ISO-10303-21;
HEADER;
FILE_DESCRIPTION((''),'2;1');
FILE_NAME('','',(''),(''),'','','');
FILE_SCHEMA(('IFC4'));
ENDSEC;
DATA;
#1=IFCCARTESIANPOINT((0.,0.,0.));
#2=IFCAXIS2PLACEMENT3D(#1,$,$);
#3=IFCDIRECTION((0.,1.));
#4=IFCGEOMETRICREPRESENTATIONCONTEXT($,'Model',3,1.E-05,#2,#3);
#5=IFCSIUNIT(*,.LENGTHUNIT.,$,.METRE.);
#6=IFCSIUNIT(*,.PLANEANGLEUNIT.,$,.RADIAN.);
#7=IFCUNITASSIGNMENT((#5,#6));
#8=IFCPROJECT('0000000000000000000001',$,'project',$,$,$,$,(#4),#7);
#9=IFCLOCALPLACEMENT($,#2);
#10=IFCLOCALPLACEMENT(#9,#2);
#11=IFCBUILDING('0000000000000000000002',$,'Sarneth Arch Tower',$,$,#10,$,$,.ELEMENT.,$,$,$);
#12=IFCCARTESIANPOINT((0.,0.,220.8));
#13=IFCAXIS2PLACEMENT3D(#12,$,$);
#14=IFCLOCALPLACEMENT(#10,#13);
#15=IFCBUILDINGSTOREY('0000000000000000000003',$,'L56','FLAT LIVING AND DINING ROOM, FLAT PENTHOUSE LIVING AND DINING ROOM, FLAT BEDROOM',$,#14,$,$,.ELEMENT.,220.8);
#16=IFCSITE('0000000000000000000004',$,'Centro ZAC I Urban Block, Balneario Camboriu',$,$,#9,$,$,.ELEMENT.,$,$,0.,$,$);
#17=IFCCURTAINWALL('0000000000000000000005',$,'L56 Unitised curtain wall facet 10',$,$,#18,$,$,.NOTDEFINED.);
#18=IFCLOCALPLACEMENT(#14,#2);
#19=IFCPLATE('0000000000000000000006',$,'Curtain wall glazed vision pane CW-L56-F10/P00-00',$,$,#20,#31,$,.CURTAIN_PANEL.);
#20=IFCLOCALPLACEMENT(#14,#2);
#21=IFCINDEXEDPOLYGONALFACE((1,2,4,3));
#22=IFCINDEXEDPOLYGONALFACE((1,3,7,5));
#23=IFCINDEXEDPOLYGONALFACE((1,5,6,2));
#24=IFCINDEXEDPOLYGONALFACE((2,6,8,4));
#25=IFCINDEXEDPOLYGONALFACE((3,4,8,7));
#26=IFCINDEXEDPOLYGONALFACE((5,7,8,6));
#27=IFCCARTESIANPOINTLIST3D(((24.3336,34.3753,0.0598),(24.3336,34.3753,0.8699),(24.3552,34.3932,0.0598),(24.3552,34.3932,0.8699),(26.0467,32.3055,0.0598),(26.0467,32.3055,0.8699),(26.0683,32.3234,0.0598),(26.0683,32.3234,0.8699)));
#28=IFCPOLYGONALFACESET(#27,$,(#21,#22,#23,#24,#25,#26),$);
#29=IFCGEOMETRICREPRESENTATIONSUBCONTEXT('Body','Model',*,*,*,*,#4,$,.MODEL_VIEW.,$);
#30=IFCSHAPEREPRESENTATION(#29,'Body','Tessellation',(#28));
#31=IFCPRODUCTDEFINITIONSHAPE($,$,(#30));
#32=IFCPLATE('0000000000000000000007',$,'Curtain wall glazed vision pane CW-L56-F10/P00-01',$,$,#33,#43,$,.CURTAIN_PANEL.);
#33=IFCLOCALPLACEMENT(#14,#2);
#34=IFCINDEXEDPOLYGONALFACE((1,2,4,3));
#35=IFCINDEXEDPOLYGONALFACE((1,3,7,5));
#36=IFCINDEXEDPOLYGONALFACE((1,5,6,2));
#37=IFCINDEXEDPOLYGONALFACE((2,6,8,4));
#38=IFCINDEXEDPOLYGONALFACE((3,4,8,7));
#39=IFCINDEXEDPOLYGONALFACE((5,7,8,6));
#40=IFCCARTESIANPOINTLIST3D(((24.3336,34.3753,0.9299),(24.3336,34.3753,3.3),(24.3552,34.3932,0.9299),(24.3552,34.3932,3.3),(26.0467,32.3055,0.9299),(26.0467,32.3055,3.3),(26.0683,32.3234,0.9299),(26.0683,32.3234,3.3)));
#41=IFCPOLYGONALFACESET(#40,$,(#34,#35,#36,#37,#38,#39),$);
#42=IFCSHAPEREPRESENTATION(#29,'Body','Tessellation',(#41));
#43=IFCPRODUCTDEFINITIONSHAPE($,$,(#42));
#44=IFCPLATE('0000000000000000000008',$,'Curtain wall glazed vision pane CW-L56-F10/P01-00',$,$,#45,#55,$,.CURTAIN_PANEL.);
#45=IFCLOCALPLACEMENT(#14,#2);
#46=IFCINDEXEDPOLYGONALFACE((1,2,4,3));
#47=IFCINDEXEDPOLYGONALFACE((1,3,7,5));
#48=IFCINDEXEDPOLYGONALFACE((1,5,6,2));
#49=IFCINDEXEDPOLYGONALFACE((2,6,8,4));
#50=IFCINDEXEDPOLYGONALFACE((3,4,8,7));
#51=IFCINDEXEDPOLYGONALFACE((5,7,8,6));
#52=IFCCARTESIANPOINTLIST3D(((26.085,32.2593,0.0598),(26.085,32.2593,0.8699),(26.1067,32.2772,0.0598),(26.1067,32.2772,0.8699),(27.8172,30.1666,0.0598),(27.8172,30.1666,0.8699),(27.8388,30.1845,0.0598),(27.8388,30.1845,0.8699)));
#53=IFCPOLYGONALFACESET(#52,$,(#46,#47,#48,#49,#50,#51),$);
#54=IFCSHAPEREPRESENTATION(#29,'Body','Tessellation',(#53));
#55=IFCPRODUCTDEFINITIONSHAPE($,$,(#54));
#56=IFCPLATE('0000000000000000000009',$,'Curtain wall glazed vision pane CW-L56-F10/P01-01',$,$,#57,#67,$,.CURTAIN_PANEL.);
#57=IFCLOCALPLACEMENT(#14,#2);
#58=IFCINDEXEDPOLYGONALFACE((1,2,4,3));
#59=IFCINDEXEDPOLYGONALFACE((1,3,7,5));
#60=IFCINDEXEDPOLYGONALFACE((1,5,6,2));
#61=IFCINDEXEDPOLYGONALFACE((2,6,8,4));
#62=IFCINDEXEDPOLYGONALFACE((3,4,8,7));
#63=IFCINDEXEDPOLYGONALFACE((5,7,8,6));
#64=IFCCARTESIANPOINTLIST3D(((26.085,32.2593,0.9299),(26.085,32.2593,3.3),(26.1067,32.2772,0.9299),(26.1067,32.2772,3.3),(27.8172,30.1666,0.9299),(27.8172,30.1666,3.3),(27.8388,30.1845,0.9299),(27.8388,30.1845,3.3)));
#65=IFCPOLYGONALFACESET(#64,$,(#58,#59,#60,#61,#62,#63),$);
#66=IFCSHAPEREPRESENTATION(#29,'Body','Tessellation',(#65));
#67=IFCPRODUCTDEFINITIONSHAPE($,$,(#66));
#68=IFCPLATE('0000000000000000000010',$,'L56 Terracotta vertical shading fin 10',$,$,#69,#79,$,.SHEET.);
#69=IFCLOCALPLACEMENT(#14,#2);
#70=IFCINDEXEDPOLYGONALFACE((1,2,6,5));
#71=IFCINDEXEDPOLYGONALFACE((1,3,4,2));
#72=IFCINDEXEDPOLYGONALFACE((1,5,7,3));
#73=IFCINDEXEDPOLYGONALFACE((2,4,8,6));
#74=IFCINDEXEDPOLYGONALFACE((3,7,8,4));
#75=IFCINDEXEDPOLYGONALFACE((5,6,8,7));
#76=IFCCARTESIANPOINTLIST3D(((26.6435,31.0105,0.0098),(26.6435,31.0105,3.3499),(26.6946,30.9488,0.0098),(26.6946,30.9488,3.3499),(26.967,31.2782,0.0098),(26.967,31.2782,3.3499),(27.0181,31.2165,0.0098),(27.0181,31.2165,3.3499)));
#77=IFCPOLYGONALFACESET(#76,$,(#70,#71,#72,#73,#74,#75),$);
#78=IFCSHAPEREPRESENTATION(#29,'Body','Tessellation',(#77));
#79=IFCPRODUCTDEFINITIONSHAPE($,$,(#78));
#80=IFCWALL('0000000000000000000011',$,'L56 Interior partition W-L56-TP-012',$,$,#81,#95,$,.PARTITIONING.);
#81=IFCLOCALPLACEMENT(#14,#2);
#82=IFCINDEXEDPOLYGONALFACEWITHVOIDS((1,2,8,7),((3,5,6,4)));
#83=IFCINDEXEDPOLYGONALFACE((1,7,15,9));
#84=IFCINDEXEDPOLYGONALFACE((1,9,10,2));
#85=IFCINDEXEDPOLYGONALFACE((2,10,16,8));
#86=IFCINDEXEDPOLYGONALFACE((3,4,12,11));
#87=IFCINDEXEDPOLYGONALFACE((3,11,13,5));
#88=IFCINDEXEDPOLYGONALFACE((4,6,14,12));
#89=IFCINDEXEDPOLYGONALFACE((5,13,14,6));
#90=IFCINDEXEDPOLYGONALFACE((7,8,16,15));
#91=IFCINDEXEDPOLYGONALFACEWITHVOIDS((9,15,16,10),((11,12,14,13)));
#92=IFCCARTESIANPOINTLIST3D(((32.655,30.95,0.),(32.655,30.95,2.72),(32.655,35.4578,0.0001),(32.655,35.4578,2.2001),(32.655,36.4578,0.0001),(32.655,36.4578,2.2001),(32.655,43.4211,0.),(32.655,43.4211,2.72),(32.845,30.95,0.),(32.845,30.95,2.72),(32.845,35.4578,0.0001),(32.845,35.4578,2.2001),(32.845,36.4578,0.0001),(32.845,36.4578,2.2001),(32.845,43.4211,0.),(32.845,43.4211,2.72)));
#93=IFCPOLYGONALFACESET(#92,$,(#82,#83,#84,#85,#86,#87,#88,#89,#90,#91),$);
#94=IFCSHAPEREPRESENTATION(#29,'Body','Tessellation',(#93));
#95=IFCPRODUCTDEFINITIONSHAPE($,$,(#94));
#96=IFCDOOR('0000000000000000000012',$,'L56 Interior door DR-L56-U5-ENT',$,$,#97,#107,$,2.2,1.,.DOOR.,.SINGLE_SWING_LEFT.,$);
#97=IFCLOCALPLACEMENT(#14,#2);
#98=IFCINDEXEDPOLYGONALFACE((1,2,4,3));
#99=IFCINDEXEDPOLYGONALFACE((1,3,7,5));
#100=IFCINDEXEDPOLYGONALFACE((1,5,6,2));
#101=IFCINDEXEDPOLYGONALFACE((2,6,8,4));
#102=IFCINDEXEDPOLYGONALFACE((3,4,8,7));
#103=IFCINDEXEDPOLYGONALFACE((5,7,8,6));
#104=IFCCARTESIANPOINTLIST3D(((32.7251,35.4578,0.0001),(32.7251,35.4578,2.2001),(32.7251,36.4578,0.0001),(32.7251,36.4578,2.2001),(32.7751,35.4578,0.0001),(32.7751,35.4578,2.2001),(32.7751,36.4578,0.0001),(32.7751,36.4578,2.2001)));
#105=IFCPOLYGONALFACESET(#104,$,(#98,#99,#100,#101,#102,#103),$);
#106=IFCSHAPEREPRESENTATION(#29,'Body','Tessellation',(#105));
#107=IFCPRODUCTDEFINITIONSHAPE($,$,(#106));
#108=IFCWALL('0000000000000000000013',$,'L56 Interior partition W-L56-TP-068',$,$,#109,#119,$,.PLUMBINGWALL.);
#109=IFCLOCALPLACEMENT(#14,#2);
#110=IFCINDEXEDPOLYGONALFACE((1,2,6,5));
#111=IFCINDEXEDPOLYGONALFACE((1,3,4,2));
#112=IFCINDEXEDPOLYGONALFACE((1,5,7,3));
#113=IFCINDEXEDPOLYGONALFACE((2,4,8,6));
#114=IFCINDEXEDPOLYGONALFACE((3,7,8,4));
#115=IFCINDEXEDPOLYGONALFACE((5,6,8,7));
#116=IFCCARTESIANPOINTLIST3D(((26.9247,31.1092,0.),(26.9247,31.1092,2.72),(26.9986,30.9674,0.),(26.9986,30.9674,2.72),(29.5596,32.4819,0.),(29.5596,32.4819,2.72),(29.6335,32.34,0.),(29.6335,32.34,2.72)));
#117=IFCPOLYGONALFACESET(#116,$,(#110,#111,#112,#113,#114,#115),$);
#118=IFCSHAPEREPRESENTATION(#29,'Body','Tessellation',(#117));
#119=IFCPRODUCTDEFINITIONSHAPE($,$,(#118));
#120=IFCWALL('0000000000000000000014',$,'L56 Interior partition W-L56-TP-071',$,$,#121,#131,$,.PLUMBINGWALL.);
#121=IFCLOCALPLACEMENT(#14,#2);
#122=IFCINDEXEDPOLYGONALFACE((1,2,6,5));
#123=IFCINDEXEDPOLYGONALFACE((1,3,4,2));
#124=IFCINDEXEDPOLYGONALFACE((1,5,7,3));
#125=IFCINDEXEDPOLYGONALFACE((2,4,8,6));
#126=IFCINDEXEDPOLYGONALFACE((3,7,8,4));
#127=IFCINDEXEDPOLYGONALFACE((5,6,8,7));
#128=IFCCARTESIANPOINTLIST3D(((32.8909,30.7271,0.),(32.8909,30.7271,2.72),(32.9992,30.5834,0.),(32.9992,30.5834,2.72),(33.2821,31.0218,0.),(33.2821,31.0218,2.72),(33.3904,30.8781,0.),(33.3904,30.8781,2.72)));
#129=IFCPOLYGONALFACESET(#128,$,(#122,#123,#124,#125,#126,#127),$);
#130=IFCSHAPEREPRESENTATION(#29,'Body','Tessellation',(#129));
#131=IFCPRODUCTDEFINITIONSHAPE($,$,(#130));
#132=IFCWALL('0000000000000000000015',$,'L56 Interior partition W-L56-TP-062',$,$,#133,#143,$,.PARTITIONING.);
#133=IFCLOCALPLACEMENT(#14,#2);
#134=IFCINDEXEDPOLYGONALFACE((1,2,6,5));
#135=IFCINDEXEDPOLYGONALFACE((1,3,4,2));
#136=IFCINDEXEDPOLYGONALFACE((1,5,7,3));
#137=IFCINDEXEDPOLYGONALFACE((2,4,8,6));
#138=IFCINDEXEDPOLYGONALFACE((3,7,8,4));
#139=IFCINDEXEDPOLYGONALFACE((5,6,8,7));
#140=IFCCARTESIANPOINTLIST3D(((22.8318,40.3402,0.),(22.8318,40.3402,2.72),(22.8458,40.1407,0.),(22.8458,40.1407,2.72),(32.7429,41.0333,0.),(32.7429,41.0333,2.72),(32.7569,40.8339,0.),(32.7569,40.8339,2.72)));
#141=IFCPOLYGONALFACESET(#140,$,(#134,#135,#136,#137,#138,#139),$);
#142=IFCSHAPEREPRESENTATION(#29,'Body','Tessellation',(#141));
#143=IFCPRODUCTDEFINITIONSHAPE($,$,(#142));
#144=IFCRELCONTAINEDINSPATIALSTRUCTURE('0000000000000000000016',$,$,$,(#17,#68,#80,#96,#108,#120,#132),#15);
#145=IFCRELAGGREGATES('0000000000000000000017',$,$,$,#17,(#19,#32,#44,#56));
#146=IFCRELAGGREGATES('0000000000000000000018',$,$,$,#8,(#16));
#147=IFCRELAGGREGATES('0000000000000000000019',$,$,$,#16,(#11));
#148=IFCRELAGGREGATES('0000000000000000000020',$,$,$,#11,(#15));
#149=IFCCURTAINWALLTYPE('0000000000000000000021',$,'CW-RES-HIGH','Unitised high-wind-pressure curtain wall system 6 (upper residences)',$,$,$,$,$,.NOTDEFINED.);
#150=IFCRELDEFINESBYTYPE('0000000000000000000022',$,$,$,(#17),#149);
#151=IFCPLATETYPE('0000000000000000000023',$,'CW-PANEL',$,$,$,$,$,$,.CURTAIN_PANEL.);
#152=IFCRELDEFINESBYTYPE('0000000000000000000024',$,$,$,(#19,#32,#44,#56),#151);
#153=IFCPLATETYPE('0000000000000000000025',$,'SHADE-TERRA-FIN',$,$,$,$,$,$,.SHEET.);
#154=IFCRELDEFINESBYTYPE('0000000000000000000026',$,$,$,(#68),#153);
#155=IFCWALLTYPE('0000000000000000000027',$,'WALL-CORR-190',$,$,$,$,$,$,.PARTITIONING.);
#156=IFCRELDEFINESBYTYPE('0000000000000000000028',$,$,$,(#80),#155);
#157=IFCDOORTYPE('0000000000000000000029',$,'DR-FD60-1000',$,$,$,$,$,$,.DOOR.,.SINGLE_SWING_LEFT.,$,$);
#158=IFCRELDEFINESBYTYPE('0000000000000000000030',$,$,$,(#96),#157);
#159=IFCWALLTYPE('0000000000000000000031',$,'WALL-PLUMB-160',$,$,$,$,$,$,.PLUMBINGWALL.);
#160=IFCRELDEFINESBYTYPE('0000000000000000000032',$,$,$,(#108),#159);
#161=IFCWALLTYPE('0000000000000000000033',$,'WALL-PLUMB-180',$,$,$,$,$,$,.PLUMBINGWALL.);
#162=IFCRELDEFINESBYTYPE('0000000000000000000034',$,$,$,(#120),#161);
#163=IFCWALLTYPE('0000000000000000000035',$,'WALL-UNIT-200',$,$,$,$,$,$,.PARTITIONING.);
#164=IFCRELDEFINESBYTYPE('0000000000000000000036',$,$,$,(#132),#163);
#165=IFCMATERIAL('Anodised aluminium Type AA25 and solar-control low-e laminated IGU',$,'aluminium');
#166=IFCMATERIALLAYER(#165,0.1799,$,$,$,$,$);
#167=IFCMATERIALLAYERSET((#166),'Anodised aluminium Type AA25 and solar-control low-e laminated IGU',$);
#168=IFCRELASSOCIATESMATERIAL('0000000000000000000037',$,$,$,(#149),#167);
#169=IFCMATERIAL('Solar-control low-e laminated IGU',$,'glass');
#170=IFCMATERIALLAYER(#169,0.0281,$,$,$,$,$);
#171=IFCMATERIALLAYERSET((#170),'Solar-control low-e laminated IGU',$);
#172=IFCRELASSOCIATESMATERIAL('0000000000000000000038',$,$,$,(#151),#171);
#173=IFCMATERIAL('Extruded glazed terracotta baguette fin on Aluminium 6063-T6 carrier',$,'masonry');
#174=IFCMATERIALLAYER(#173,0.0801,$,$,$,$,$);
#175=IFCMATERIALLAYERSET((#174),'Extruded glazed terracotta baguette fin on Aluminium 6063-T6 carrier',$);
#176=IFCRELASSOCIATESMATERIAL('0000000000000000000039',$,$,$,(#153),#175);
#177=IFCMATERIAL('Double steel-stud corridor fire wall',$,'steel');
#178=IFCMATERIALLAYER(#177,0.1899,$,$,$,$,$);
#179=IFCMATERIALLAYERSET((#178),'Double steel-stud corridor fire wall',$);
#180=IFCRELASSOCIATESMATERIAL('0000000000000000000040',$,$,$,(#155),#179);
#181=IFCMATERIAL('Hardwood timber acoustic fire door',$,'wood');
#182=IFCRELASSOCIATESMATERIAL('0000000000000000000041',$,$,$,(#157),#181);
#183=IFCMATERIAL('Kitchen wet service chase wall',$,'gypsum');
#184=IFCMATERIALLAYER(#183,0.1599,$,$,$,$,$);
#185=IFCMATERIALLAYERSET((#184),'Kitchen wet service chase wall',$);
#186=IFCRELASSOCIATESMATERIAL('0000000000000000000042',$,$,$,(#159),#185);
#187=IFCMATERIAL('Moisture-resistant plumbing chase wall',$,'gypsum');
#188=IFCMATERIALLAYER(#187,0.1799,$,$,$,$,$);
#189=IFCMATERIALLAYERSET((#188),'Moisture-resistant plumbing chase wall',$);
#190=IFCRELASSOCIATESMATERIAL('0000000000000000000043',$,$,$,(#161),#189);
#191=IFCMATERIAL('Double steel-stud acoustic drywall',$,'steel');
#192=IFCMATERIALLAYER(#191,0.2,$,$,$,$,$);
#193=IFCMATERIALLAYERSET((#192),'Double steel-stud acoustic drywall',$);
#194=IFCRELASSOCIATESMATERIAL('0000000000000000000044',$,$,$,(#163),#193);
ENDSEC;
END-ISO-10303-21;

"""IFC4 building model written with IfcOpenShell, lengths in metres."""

from ifc_helpers import new_model, si_unit, direction, frame, frame_2d, origin, origin_2d, place, context, subcontext, project, spatial, rectangle, extrude, material, layer, layer_set, type_object, element, fill, aggregate, save


model = new_model("IFC4")

# Units and contexts
model_context = context("Model", 3, precision=1e-05, world=origin(), true_north=direction((0.0, 1.0)))
body_context = subcontext(model_context, "Body", "Model", "MODEL_VIEW")
ifc_project = project(units=[si_unit("LENGTHUNIT", "METRE"), si_unit("PLANEANGLEUNIT", "RADIAN")], contexts=[model_context])

# Site, building, storey
site_placement = place(None, origin())
site = spatial("IfcSite", under=ifc_project, at=site_placement, Name="Centro ZAC I Urban Block, Balneario Camboriu", CompositionType="ELEMENT", RefElevation=0.0)
building_placement = place(site_placement, origin())
building = spatial("IfcBuilding", under=site, at=building_placement, Name="Sarneth Arch Tower", CompositionType="ELEMENT")
storey_placement = place(building_placement, frame((0.0, 0.0, 220.8)))
storey = spatial("IfcBuildingStorey", under=building, at=storey_placement, Name="L56", Description="FLAT LIVING AND DINING ROOM, FLAT PENTHOUSE LIVING AND DINING ROOM, FLAT BEDROOM", CompositionType="ELEMENT", Elevation=220.8)

# Curtain wall, plates
ifc_material_1 = material(Name="Anodised aluminium Type AA25 and solar-control low-e laminated IGU", Category="aluminium")
ifc_layer_1 = layer(ifc_material_1, 0.1799)
ifc_layer_set_1 = layer_set([ifc_layer_1], Name="Anodised aluminium Type AA25 and solar-control low-e laminated IGU")
curtain_wall_type = type_object("IfcCurtainWallType", Name="CW-RES-HIGH", Description="Unitised high-wind-pressure curtain wall system 6 (upper residences)", PredefinedType="NOTDEFINED", material=ifc_layer_set_1)
curtain_wall_placement = place(storey_placement, origin())
curtain_wall = element("IfcCurtainWall", 1, at=curtain_wall_placement, inside=storey, type_object=curtain_wall_type, Name="L56 Unitised curtain wall facet 10", PredefinedType="NOTDEFINED")
ifc_material_2 = material(Name="Solar-control low-e laminated IGU", Category="glass")
ifc_layer_2 = layer(ifc_material_2, 0.0281)
ifc_layer_set_2 = layer_set([ifc_layer_2], Name="Solar-control low-e laminated IGU")
plate_type_1 = type_object("IfcPlateType", Name="CW-PANEL", PredefinedType="CURTAIN_PANEL", material=ifc_layer_set_2)
plate_1_placement = place(storey_placement, frame((25.2009, 33.3494, 0.0598), z_axis=(0.0, 0.0, 1.0), x_axis=(0.63761, -0.770359, 0.0)))
plate_1 = element("IfcPlate", 2, at=plate_1_placement, type_object=plate_type_1, Name="Curtain wall glazed vision pane CW-L56-F10/P00-00", PredefinedType="CURTAIN_PANEL", context=body_context, shape_type="SweptSolid", body=[
    extrude(rectangle(XDim=2.6868, YDim=0.0281, at=origin_2d()), origin(), (0.0, 0.0, 1.0), 0.8101),
])
plate_2_placement = place(storey_placement, frame((25.2009, 33.3494, 0.9299), z_axis=(0.0, 0.0, 1.0), x_axis=(0.63761, -0.770359, 0.0)))
plate_2 = element("IfcPlate", 3, at=plate_2_placement, type_object=plate_type_1, Name="Curtain wall glazed vision pane CW-L56-F10/P00-01", PredefinedType="CURTAIN_PANEL", context=body_context, shape_type="SweptSolid", body=[
    extrude(rectangle(XDim=2.6868, YDim=0.0281, at=origin_2d()), origin(), (0.0, 0.0, 1.0), 2.3701),
])
plate_3_placement = place(storey_placement, frame((26.9619, 31.2219, 0.0598), z_axis=(0.0, 0.0, 1.0), x_axis=(0.63761, -0.770359, 0.0)))
plate_3 = element("IfcPlate", 4, at=plate_3_placement, type_object=plate_type_1, Name="Curtain wall glazed vision pane CW-L56-F10/P01-00", PredefinedType="CURTAIN_PANEL", context=body_context, shape_type="SweptSolid", body=[
    extrude(rectangle(XDim=2.7166, YDim=0.0281, at=origin_2d()), origin(), (0.0, 0.0, 1.0), 0.8101),
])
plate_4_placement = place(storey_placement, frame((26.9619, 31.2219, 0.9299), z_axis=(0.0, 0.0, 1.0), x_axis=(0.63761, -0.770359, 0.0)))
plate_4 = element("IfcPlate", 5, at=plate_4_placement, type_object=plate_type_1, Name="Curtain wall glazed vision pane CW-L56-F10/P01-01", PredefinedType="CURTAIN_PANEL", context=body_context, shape_type="SweptSolid", body=[
    extrude(rectangle(XDim=2.7166, YDim=0.0281, at=origin_2d()), origin(), (0.0, 0.0, 1.0), 2.3701),
])
aggregate(curtain_wall, [plate_1, plate_2, plate_3, plate_4])

# Plate
ifc_material_3 = material(Name="Extruded glazed terracotta baguette fin on Aluminium 6063-T6 carrier", Category="masonry")
ifc_layer_3 = layer(ifc_material_3, 0.0801)
ifc_layer_set_3 = layer_set([ifc_layer_3], Name="Extruded glazed terracotta baguette fin on Aluminium 6063-T6 carrier")
plate_type_2 = type_object("IfcPlateType", Name="SHADE-TERRA-FIN", PredefinedType="SHEET", material=ifc_layer_set_3)
plate_5_placement = place(storey_placement, frame((26.8308, 31.1135, 0.0098), z_axis=(0.0, 0.0, 1.0), x_axis=(-0.770402, -0.637558, 0.0)))
element("IfcPlate", 6, at=plate_5_placement, inside=storey, type_object=plate_type_2, Name="L56 Terracotta vertical shading fin 10", PredefinedType="SHEET", context=body_context, shape_type="SweptSolid", body=[
    extrude(rectangle(XDim=0.4199, YDim=0.0801, at=origin_2d()), origin(), (0.0, 0.0, 1.0), 3.3401),
])

# Wall, opening, door
ifc_material_4 = material(Name="Double steel-stud corridor fire wall", Category="steel")
ifc_layer_4 = layer(ifc_material_4, 0.1899)
ifc_layer_set_4 = layer_set([ifc_layer_4], Name="Double steel-stud corridor fire wall")
wall_type_1 = type_object("IfcWallType", Name="WALL-CORR-190", PredefinedType="PARTITIONING", material=ifc_layer_set_4)
wall_1_placement = place(storey_placement, frame((32.75, 30.95, 0.0), z_axis=(0.0, 0.0, 1.0), x_axis=(0.0, 1.0, 0.0)))
wall_1 = element("IfcWall", 7, at=wall_1_placement, inside=storey, type_object=wall_type_1, Name="L56 Interior partition W-L56-TP-012", PredefinedType="PARTITIONING", context=body_context, shape_type="SweptSolid", body=[
    extrude(rectangle(XDim=12.4712, YDim=0.1899, at=frame_2d((6.2356, 0.0))), origin(), (0.0, 0.0, 1.0), 2.72),
])
opening_placement = place(wall_1_placement, frame((4.5078, 0.0, 0.0)))
opening = element("IfcOpeningElement", 8, at=opening_placement, cuts=wall_1, PredefinedType="OPENING", context=body_context, shape_type="SweptSolid", body=[
    extrude(rectangle(XDim=1.0, YDim=2.2, at=frame_2d((0.5, 1.1001))), frame((0.0, 0.105, 0.0), z_axis=(0.0, -1.0, 0.0), x_axis=(1.0, 0.0, 0.0)), (0.0, 0.0, 1.0), 0.21),
])
ifc_material_5 = material(Name="Hardwood timber acoustic fire door", Category="wood")
door_type = type_object("IfcDoorType", Name="DR-FD60-1000", OperationType="SINGLE_SWING_LEFT", PredefinedType="DOOR", material=ifc_material_5)
door_placement = place(opening_placement, origin())
door = element("IfcDoor", 9, at=door_placement, inside=storey, type_object=door_type, Name="L56 Interior door DR-L56-U5-ENT", OperationType="SINGLE_SWING_LEFT", OverallHeight=2.2, OverallWidth=1.0, PredefinedType="DOOR", context=body_context, shape_type="SweptSolid", body=[
    extrude(rectangle(XDim=1.0, YDim=2.2, at=frame_2d((0.5, 1.1001))), frame((0.0, 0.0249, 0.0), z_axis=(0.0, -1.0, 0.0), x_axis=(1.0, 0.0, 0.0)), (0.0, 0.0, 1.0), 0.05),
])
fill(opening, door)

# Walls
ifc_material_6 = material(Name="Kitchen wet service chase wall", Category="gypsum")
ifc_layer_5 = layer(ifc_material_6, 0.1599)
ifc_layer_set_5 = layer_set([ifc_layer_5], Name="Kitchen wet service chase wall")
wall_type_2 = type_object("IfcWallType", Name="WALL-PLUMB-160", PredefinedType="PLUMBINGWALL", material=ifc_layer_set_5)
wall_2_placement = place(storey_placement, frame((29.5964, 32.4109, 0.0), z_axis=(0.0, 0.0, 1.0), x_axis=(-0.886875, -0.46201, 0.0)))
element("IfcWall", 10, at=wall_2_placement, inside=storey, type_object=wall_type_2, Name="L56 Interior partition W-L56-TP-068", PredefinedType="PLUMBINGWALL", context=body_context, shape_type="SweptSolid", body=[
    extrude(rectangle(XDim=2.9709, YDim=0.1599, at=frame_2d((1.4854, 0.0))), origin(), (0.0, 0.0, 1.0), 2.72),
])
ifc_material_7 = material(Name="Moisture-resistant plumbing chase wall", Category="gypsum")
ifc_layer_6 = layer(ifc_material_7, 0.1799)
ifc_layer_set_6 = layer_set([ifc_layer_6], Name="Moisture-resistant plumbing chase wall")
wall_type_3 = type_object("IfcWallType", Name="WALL-PLUMB-180", PredefinedType="PLUMBINGWALL", material=ifc_layer_set_6)
wall_3_placement = place(storey_placement, frame((32.9451, 30.6553, 0.0), z_axis=(0.0, 0.0, 1.0), x_axis=(0.798682, 0.601753, 0.0)))
element("IfcWall", 11, at=wall_3_placement, inside=storey, type_object=wall_type_3, Name="L56 Interior partition W-L56-TP-071", PredefinedType="PLUMBINGWALL", context=body_context, shape_type="SweptSolid", body=[
    extrude(rectangle(XDim=0.4897, YDim=0.1799, at=frame_2d((0.2449, 0.0))), origin(), (0.0, 0.0, 1.0), 2.72),
])
ifc_material_8 = material(Name="Double steel-stud acoustic drywall", Category="steel")
ifc_layer_7 = layer(ifc_material_8, 0.2)
ifc_layer_set_7 = layer_set([ifc_layer_7], Name="Double steel-stud acoustic drywall")
wall_type_4 = type_object("IfcWallType", Name="WALL-UNIT-200", PredefinedType="PARTITIONING", material=ifc_layer_set_7)
wall_4_placement = place(storey_placement, frame((32.75, 40.9336, 0.0), z_axis=(0.0, 0.0, 1.0), x_axis=(-0.997564, -0.069763, 0.0)))
element("IfcWall", 12, at=wall_4_placement, inside=storey, type_object=wall_type_4, Name="L56 Interior partition W-L56-TP-062", PredefinedType="PARTITIONING", context=body_context, shape_type="SweptSolid", body=[
    extrude(rectangle(XDim=9.9353, YDim=0.2, at=frame_2d((4.9678, 0.0))), origin(), (0.0, 0.0, 1.0), 2.72),
])

save(model, "model.ifc")
